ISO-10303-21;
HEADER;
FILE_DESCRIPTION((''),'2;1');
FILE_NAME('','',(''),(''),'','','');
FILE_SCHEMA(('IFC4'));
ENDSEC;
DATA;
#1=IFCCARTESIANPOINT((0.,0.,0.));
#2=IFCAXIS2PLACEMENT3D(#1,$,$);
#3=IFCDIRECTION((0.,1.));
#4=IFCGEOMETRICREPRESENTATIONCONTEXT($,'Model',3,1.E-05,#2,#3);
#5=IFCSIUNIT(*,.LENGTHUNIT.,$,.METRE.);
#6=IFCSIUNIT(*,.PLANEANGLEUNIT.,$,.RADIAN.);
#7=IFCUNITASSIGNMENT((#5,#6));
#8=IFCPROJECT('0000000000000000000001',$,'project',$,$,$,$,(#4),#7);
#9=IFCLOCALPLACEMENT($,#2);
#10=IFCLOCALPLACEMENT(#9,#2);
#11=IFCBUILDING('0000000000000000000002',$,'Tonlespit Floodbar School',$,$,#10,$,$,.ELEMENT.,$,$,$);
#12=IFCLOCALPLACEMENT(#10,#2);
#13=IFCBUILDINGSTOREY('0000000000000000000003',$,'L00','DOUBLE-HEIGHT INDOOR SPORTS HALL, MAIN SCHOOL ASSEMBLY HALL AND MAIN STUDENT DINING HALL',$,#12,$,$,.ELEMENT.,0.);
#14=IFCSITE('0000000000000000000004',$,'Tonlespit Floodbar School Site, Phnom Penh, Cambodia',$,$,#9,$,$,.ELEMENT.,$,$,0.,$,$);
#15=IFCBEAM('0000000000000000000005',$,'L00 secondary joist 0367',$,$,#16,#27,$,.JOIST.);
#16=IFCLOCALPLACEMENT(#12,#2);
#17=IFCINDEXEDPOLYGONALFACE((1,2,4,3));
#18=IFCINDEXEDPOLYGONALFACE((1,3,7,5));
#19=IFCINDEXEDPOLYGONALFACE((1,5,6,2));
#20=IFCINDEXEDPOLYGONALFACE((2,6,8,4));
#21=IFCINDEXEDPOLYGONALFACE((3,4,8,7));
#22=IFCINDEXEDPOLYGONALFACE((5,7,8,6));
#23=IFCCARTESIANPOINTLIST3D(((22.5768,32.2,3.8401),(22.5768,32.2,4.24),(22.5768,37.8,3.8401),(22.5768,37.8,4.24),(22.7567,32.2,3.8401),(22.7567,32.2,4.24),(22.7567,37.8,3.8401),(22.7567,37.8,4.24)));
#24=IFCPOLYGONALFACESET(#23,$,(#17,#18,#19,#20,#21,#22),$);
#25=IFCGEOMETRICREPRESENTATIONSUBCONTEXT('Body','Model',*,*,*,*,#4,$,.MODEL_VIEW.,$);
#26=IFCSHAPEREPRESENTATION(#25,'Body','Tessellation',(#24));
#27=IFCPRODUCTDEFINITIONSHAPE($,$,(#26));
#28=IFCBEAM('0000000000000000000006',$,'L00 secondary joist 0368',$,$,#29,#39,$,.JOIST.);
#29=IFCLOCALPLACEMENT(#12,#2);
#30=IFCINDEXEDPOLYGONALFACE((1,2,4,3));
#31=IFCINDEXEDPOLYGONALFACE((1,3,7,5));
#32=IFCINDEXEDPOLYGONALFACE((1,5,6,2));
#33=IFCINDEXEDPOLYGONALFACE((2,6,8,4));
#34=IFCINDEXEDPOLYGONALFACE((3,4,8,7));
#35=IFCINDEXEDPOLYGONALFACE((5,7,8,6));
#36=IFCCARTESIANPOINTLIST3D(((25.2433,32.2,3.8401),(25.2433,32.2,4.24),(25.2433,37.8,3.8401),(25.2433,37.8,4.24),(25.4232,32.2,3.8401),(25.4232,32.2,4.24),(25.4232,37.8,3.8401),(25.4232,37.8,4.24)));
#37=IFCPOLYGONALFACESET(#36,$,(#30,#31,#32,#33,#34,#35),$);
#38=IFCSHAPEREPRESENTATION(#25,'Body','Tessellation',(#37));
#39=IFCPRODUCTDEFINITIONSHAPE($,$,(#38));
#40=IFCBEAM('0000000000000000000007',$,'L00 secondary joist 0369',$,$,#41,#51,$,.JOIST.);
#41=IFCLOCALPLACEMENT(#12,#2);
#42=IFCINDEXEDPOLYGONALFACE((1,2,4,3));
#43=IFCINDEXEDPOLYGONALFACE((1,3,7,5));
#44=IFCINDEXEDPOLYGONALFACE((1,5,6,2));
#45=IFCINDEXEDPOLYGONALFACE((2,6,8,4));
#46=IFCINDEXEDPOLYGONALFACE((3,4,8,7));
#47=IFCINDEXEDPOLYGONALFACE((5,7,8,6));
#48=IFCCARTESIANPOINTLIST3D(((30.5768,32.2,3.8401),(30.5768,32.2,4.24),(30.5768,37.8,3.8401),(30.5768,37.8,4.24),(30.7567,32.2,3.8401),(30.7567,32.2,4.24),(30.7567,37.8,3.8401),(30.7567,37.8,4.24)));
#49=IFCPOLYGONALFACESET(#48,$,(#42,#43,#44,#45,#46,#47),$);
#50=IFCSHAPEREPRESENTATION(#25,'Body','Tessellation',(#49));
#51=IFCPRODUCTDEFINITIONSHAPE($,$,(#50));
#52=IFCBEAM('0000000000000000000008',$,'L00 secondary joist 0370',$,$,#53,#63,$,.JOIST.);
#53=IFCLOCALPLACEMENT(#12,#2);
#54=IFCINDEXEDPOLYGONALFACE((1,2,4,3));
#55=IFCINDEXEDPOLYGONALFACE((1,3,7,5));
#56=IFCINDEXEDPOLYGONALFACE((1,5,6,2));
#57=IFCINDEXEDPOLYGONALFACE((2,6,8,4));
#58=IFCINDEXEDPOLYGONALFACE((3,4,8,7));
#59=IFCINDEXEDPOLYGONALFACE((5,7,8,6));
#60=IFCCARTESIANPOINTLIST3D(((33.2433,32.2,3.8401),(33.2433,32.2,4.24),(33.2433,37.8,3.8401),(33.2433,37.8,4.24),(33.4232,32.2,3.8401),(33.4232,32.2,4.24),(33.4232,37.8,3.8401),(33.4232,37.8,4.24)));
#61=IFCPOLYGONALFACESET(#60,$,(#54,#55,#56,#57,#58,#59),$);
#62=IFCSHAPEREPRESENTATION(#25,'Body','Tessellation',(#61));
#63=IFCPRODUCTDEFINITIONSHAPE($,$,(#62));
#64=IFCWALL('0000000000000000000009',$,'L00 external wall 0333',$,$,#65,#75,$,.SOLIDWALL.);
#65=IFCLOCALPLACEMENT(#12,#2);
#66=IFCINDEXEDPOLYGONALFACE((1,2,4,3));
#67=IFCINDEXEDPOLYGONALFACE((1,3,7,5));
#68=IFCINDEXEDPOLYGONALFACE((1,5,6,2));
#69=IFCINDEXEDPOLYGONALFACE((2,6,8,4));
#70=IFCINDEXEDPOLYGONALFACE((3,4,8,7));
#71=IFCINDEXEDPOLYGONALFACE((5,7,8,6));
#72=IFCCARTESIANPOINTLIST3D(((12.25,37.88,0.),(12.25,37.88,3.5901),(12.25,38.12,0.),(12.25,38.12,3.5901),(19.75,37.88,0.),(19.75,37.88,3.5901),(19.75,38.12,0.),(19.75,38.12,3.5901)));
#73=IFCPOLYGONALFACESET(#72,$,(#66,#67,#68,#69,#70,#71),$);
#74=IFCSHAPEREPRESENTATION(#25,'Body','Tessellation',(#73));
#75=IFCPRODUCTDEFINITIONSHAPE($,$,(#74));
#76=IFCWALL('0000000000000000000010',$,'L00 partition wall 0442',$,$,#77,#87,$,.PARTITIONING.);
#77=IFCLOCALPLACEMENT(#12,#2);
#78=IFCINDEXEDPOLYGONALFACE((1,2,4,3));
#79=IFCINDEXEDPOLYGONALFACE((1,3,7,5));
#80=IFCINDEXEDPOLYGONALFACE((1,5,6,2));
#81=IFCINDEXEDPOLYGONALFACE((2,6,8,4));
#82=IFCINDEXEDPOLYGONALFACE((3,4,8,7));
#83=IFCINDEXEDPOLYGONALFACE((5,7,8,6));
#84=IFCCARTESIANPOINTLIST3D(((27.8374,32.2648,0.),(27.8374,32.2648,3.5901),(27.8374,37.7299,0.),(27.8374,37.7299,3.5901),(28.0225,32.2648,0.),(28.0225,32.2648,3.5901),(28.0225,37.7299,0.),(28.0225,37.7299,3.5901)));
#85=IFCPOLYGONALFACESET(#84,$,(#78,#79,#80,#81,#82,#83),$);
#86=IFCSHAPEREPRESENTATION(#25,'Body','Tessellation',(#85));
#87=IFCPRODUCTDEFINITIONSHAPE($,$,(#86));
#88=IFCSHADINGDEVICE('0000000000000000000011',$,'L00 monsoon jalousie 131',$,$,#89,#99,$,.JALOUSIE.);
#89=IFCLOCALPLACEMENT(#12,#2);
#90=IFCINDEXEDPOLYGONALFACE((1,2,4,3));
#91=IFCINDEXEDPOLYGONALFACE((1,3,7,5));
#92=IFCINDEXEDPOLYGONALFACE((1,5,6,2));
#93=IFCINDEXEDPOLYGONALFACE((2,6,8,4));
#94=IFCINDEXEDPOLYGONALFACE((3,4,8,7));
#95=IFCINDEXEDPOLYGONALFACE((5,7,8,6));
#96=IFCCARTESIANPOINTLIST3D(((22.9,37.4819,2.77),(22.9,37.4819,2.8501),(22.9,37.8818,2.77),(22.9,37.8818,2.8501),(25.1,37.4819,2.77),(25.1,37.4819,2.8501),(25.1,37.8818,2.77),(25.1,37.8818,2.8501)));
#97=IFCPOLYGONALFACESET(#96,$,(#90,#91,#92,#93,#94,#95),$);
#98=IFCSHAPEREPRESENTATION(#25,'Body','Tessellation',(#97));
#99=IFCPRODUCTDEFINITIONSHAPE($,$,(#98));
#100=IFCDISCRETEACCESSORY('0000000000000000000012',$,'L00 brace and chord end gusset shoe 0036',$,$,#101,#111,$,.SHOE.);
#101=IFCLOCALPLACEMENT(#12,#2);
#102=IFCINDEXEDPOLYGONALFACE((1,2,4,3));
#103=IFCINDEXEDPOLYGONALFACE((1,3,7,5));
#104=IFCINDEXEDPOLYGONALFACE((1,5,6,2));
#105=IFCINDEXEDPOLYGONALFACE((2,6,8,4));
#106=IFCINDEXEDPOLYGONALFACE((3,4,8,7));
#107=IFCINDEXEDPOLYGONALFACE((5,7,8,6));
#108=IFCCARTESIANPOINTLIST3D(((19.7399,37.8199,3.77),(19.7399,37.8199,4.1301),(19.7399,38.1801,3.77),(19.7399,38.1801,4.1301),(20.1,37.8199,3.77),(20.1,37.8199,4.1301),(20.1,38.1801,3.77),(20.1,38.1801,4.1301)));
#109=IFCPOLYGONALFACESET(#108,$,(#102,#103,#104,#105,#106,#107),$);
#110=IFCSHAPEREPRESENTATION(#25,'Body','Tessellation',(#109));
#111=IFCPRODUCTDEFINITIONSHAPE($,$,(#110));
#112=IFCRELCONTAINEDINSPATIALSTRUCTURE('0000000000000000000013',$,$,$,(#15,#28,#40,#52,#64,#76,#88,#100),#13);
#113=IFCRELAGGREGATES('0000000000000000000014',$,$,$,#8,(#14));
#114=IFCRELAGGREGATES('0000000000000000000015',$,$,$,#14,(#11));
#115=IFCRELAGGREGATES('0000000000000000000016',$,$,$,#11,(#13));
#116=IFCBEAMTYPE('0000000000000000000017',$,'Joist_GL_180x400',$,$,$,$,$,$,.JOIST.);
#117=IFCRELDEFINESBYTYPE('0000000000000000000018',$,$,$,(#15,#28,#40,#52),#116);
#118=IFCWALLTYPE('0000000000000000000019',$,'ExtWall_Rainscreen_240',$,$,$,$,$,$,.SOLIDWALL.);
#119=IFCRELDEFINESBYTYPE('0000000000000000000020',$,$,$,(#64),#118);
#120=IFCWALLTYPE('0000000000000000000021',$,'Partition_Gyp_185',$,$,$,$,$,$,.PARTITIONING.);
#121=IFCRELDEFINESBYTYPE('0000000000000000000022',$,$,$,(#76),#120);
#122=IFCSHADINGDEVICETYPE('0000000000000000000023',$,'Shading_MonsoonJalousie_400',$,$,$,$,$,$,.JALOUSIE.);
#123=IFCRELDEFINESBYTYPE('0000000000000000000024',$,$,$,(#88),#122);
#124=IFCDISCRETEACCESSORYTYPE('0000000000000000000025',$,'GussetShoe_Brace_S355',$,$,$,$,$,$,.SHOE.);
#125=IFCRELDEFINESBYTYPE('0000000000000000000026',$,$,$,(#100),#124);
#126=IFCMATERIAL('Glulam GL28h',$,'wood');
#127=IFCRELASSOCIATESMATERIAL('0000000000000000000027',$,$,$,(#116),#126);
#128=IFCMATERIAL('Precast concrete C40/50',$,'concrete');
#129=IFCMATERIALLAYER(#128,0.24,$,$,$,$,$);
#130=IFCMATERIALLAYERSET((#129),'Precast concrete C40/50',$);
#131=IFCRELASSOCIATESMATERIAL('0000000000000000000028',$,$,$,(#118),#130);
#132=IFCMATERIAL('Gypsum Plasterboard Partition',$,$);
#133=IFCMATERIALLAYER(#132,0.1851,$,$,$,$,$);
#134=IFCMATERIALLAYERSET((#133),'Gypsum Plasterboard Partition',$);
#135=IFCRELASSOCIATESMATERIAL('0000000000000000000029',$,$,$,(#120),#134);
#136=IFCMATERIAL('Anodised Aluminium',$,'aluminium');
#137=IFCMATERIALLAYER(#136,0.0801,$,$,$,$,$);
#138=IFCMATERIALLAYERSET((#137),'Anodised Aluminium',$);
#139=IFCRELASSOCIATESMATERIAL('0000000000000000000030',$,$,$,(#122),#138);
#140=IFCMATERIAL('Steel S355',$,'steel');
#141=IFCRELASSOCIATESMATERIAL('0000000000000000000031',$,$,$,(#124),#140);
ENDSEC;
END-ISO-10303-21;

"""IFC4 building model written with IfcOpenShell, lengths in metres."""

from ifc_helpers import new_model, si_unit, direction, frame, frame_2d, origin, origin_2d, place, context, subcontext, project, spatial, rectangle, extrude, material, layer, layer_set, material_profile, profile_set, type_object, element, save


model = new_model("IFC4")

# Units and contexts
model_context = context("Model", 3, precision=1e-05, world=origin(), true_north=direction((0.0, 1.0)))
body_context = subcontext(model_context, "Body", "Model", "MODEL_VIEW")
ifc_project = project(units=[si_unit("LENGTHUNIT", "METRE"), si_unit("PLANEANGLEUNIT", "RADIAN")], contexts=[model_context])

# Site, building, storey
site_placement = place(None, origin())
site = spatial("IfcSite", under=ifc_project, at=site_placement, Name="Tonlespit Floodbar School Site, Phnom Penh, Cambodia", CompositionType="ELEMENT", RefElevation=0.0)
building_placement = place(site_placement, origin())
building = spatial("IfcBuilding", under=site, at=building_placement, Name="Tonlespit Floodbar School", CompositionType="ELEMENT")
storey_placement = place(building_placement, origin())
storey = spatial("IfcBuildingStorey", under=building, at=storey_placement, Name="L00", Description="DOUBLE-HEIGHT INDOOR SPORTS HALL, MAIN SCHOOL ASSEMBLY HALL AND MAIN STUDENT DINING HALL", CompositionType="ELEMENT", Elevation=0.0)

# Shared definitions
ifc_material_1 = material(Name="Anodised Aluminium", Category="aluminium")

# Beams
ifc_material_2 = material(Name="Glulam GL28h", Category="wood")
ifc_material_profile_1 = material_profile(ifc_material_2, rectangle(XDim=0.1799, YDim=0.3999, at=origin_2d()), Name="GL 180x400")
ifc_profile_set_1 = profile_set([ifc_material_profile_1], Name="Glulam GL28h")
beam_type_1 = type_object("IfcBeamType", Name="Joist_GL_180x400", PredefinedType="JOIST", material=ifc_profile_set_1)
for number, where, z_axis, x_axis, name in (
    (1, (22.6667, 32.2, 4.04), (0.0, 1.0, 0.0), (-1.0, 0.0, 0.0), "L00 secondary joist 0367"),
    (2, (25.3333, 32.2, 4.04), (0.0, 1.0, 0.0), (-1.0, 0.0, 0.0), "L00 secondary joist 0368"),
    (3, (30.6667, 32.2, 4.04), (0.0, 1.0, 0.0), (-1.0, 0.0, 0.0), "L00 secondary joist 0369"),
    (4, (33.3333, 32.2, 4.04), (0.0, 1.0, 0.0), (-1.0, 0.0, 0.0), "L00 secondary joist 0370"),
):
    element("IfcBeam", number, at=place(storey_placement, frame(where, z_axis=z_axis, x_axis=x_axis)), inside=storey, type_object=beam_type_1, Name=name, PredefinedType="JOIST", context=body_context, shape_type="SweptSolid", body=[
        extrude(rectangle(XDim=0.1799, YDim=0.3999, at=origin_2d()), origin(), (0.0, 0.0, 1.0), 5.6001),
    ])

# Walls
ifc_material_3 = material(Name="Precast concrete C40/50", Category="concrete")
ifc_layer_1 = layer(ifc_material_3, 0.24)
ifc_layer_set_1 = layer_set([ifc_layer_1], Name="Precast concrete C40/50")
wall_type_1 = type_object("IfcWallType", Name="ExtWall_Rainscreen_240", PredefinedType="SOLIDWALL", material=ifc_layer_set_1)
wall_1_placement = place(storey_placement, frame((19.75, 38.0, 0.0), z_axis=(0.0, 0.0, 1.0), x_axis=(-1.0, 0.0, 0.0)))
element("IfcWall", 5, at=wall_1_placement, inside=storey, type_object=wall_type_1, Name="L00 external wall 0333", PredefinedType="SOLIDWALL", context=body_context, shape_type="SweptSolid", body=[
    extrude(rectangle(XDim=7.5, YDim=0.24, at=frame_2d((3.75, 0.0))), origin(), (0.0, 0.0, 1.0), 3.5901),
])
ifc_material_4 = material(Name="Gypsum Plasterboard Partition")
ifc_layer_2 = layer(ifc_material_4, 0.1851)
ifc_layer_set_2 = layer_set([ifc_layer_2], Name="Gypsum Plasterboard Partition")
wall_type_2 = type_object("IfcWallType", Name="Partition_Gyp_185", PredefinedType="PARTITIONING", material=ifc_layer_set_2)
wall_2_placement = place(storey_placement, frame((27.9299, 32.2649, 0.0), z_axis=(0.0, 0.0, 1.0), x_axis=(0.0, 1.0, 0.0)))
element("IfcWall", 6, at=wall_2_placement, inside=storey, type_object=wall_type_2, Name="L00 partition wall 0442", PredefinedType="PARTITIONING", context=body_context, shape_type="SweptSolid", body=[
    extrude(rectangle(XDim=5.4651, YDim=0.1851, at=frame_2d((2.7324, 0.0))), origin(), (0.0, 0.0, 1.0), 3.5901),
])

# Shading device
ifc_layer_3 = layer(ifc_material_1, 0.0801)
ifc_layer_set_3 = layer_set([ifc_layer_3], Name="Anodised Aluminium")
shading_device_type = type_object("IfcShadingDeviceType", Name="Shading_MonsoonJalousie_400", PredefinedType="JALOUSIE", material=ifc_layer_set_3)
shading_device_placement = place(storey_placement, frame((24.0, 37.6819, 2.77), z_axis=(0.0, 0.0, 1.0), x_axis=(-1.0, 0.0, 0.0)))
element("IfcShadingDevice", 7, at=shading_device_placement, inside=storey, type_object=shading_device_type, Name="L00 monsoon jalousie 131", PredefinedType="JALOUSIE", context=body_context, shape_type="SweptSolid", body=[
    extrude(rectangle(XDim=2.2, YDim=0.3999, at=origin_2d()), origin(), (0.0, 0.0, 1.0), 0.0801),
])

# Discrete accessory
ifc_material_5 = material(Name="Steel S355", Category="steel")
discrete_accessory_type = type_object("IfcDiscreteAccessoryType", Name="GussetShoe_Brace_S355", PredefinedType="SHOE", material=ifc_material_5)
discrete_accessory_placement = place(storey_placement, frame((19.9199, 38.0, 3.77), z_axis=(0.0, 0.0, 1.0), x_axis=(1.0, 0.0, 0.0)))
element("IfcDiscreteAccessory", 8, at=discrete_accessory_placement, inside=storey, type_object=discrete_accessory_type, Name="L00 brace and chord end gusset shoe 0036", PredefinedType="SHOE", context=body_context, shape_type="SweptSolid", body=[
    extrude(rectangle(XDim=0.3601, YDim=0.3601, at=origin_2d()), origin(), (0.0, 0.0, 1.0), 0.3601),
])

save(model, "model.ifc")
